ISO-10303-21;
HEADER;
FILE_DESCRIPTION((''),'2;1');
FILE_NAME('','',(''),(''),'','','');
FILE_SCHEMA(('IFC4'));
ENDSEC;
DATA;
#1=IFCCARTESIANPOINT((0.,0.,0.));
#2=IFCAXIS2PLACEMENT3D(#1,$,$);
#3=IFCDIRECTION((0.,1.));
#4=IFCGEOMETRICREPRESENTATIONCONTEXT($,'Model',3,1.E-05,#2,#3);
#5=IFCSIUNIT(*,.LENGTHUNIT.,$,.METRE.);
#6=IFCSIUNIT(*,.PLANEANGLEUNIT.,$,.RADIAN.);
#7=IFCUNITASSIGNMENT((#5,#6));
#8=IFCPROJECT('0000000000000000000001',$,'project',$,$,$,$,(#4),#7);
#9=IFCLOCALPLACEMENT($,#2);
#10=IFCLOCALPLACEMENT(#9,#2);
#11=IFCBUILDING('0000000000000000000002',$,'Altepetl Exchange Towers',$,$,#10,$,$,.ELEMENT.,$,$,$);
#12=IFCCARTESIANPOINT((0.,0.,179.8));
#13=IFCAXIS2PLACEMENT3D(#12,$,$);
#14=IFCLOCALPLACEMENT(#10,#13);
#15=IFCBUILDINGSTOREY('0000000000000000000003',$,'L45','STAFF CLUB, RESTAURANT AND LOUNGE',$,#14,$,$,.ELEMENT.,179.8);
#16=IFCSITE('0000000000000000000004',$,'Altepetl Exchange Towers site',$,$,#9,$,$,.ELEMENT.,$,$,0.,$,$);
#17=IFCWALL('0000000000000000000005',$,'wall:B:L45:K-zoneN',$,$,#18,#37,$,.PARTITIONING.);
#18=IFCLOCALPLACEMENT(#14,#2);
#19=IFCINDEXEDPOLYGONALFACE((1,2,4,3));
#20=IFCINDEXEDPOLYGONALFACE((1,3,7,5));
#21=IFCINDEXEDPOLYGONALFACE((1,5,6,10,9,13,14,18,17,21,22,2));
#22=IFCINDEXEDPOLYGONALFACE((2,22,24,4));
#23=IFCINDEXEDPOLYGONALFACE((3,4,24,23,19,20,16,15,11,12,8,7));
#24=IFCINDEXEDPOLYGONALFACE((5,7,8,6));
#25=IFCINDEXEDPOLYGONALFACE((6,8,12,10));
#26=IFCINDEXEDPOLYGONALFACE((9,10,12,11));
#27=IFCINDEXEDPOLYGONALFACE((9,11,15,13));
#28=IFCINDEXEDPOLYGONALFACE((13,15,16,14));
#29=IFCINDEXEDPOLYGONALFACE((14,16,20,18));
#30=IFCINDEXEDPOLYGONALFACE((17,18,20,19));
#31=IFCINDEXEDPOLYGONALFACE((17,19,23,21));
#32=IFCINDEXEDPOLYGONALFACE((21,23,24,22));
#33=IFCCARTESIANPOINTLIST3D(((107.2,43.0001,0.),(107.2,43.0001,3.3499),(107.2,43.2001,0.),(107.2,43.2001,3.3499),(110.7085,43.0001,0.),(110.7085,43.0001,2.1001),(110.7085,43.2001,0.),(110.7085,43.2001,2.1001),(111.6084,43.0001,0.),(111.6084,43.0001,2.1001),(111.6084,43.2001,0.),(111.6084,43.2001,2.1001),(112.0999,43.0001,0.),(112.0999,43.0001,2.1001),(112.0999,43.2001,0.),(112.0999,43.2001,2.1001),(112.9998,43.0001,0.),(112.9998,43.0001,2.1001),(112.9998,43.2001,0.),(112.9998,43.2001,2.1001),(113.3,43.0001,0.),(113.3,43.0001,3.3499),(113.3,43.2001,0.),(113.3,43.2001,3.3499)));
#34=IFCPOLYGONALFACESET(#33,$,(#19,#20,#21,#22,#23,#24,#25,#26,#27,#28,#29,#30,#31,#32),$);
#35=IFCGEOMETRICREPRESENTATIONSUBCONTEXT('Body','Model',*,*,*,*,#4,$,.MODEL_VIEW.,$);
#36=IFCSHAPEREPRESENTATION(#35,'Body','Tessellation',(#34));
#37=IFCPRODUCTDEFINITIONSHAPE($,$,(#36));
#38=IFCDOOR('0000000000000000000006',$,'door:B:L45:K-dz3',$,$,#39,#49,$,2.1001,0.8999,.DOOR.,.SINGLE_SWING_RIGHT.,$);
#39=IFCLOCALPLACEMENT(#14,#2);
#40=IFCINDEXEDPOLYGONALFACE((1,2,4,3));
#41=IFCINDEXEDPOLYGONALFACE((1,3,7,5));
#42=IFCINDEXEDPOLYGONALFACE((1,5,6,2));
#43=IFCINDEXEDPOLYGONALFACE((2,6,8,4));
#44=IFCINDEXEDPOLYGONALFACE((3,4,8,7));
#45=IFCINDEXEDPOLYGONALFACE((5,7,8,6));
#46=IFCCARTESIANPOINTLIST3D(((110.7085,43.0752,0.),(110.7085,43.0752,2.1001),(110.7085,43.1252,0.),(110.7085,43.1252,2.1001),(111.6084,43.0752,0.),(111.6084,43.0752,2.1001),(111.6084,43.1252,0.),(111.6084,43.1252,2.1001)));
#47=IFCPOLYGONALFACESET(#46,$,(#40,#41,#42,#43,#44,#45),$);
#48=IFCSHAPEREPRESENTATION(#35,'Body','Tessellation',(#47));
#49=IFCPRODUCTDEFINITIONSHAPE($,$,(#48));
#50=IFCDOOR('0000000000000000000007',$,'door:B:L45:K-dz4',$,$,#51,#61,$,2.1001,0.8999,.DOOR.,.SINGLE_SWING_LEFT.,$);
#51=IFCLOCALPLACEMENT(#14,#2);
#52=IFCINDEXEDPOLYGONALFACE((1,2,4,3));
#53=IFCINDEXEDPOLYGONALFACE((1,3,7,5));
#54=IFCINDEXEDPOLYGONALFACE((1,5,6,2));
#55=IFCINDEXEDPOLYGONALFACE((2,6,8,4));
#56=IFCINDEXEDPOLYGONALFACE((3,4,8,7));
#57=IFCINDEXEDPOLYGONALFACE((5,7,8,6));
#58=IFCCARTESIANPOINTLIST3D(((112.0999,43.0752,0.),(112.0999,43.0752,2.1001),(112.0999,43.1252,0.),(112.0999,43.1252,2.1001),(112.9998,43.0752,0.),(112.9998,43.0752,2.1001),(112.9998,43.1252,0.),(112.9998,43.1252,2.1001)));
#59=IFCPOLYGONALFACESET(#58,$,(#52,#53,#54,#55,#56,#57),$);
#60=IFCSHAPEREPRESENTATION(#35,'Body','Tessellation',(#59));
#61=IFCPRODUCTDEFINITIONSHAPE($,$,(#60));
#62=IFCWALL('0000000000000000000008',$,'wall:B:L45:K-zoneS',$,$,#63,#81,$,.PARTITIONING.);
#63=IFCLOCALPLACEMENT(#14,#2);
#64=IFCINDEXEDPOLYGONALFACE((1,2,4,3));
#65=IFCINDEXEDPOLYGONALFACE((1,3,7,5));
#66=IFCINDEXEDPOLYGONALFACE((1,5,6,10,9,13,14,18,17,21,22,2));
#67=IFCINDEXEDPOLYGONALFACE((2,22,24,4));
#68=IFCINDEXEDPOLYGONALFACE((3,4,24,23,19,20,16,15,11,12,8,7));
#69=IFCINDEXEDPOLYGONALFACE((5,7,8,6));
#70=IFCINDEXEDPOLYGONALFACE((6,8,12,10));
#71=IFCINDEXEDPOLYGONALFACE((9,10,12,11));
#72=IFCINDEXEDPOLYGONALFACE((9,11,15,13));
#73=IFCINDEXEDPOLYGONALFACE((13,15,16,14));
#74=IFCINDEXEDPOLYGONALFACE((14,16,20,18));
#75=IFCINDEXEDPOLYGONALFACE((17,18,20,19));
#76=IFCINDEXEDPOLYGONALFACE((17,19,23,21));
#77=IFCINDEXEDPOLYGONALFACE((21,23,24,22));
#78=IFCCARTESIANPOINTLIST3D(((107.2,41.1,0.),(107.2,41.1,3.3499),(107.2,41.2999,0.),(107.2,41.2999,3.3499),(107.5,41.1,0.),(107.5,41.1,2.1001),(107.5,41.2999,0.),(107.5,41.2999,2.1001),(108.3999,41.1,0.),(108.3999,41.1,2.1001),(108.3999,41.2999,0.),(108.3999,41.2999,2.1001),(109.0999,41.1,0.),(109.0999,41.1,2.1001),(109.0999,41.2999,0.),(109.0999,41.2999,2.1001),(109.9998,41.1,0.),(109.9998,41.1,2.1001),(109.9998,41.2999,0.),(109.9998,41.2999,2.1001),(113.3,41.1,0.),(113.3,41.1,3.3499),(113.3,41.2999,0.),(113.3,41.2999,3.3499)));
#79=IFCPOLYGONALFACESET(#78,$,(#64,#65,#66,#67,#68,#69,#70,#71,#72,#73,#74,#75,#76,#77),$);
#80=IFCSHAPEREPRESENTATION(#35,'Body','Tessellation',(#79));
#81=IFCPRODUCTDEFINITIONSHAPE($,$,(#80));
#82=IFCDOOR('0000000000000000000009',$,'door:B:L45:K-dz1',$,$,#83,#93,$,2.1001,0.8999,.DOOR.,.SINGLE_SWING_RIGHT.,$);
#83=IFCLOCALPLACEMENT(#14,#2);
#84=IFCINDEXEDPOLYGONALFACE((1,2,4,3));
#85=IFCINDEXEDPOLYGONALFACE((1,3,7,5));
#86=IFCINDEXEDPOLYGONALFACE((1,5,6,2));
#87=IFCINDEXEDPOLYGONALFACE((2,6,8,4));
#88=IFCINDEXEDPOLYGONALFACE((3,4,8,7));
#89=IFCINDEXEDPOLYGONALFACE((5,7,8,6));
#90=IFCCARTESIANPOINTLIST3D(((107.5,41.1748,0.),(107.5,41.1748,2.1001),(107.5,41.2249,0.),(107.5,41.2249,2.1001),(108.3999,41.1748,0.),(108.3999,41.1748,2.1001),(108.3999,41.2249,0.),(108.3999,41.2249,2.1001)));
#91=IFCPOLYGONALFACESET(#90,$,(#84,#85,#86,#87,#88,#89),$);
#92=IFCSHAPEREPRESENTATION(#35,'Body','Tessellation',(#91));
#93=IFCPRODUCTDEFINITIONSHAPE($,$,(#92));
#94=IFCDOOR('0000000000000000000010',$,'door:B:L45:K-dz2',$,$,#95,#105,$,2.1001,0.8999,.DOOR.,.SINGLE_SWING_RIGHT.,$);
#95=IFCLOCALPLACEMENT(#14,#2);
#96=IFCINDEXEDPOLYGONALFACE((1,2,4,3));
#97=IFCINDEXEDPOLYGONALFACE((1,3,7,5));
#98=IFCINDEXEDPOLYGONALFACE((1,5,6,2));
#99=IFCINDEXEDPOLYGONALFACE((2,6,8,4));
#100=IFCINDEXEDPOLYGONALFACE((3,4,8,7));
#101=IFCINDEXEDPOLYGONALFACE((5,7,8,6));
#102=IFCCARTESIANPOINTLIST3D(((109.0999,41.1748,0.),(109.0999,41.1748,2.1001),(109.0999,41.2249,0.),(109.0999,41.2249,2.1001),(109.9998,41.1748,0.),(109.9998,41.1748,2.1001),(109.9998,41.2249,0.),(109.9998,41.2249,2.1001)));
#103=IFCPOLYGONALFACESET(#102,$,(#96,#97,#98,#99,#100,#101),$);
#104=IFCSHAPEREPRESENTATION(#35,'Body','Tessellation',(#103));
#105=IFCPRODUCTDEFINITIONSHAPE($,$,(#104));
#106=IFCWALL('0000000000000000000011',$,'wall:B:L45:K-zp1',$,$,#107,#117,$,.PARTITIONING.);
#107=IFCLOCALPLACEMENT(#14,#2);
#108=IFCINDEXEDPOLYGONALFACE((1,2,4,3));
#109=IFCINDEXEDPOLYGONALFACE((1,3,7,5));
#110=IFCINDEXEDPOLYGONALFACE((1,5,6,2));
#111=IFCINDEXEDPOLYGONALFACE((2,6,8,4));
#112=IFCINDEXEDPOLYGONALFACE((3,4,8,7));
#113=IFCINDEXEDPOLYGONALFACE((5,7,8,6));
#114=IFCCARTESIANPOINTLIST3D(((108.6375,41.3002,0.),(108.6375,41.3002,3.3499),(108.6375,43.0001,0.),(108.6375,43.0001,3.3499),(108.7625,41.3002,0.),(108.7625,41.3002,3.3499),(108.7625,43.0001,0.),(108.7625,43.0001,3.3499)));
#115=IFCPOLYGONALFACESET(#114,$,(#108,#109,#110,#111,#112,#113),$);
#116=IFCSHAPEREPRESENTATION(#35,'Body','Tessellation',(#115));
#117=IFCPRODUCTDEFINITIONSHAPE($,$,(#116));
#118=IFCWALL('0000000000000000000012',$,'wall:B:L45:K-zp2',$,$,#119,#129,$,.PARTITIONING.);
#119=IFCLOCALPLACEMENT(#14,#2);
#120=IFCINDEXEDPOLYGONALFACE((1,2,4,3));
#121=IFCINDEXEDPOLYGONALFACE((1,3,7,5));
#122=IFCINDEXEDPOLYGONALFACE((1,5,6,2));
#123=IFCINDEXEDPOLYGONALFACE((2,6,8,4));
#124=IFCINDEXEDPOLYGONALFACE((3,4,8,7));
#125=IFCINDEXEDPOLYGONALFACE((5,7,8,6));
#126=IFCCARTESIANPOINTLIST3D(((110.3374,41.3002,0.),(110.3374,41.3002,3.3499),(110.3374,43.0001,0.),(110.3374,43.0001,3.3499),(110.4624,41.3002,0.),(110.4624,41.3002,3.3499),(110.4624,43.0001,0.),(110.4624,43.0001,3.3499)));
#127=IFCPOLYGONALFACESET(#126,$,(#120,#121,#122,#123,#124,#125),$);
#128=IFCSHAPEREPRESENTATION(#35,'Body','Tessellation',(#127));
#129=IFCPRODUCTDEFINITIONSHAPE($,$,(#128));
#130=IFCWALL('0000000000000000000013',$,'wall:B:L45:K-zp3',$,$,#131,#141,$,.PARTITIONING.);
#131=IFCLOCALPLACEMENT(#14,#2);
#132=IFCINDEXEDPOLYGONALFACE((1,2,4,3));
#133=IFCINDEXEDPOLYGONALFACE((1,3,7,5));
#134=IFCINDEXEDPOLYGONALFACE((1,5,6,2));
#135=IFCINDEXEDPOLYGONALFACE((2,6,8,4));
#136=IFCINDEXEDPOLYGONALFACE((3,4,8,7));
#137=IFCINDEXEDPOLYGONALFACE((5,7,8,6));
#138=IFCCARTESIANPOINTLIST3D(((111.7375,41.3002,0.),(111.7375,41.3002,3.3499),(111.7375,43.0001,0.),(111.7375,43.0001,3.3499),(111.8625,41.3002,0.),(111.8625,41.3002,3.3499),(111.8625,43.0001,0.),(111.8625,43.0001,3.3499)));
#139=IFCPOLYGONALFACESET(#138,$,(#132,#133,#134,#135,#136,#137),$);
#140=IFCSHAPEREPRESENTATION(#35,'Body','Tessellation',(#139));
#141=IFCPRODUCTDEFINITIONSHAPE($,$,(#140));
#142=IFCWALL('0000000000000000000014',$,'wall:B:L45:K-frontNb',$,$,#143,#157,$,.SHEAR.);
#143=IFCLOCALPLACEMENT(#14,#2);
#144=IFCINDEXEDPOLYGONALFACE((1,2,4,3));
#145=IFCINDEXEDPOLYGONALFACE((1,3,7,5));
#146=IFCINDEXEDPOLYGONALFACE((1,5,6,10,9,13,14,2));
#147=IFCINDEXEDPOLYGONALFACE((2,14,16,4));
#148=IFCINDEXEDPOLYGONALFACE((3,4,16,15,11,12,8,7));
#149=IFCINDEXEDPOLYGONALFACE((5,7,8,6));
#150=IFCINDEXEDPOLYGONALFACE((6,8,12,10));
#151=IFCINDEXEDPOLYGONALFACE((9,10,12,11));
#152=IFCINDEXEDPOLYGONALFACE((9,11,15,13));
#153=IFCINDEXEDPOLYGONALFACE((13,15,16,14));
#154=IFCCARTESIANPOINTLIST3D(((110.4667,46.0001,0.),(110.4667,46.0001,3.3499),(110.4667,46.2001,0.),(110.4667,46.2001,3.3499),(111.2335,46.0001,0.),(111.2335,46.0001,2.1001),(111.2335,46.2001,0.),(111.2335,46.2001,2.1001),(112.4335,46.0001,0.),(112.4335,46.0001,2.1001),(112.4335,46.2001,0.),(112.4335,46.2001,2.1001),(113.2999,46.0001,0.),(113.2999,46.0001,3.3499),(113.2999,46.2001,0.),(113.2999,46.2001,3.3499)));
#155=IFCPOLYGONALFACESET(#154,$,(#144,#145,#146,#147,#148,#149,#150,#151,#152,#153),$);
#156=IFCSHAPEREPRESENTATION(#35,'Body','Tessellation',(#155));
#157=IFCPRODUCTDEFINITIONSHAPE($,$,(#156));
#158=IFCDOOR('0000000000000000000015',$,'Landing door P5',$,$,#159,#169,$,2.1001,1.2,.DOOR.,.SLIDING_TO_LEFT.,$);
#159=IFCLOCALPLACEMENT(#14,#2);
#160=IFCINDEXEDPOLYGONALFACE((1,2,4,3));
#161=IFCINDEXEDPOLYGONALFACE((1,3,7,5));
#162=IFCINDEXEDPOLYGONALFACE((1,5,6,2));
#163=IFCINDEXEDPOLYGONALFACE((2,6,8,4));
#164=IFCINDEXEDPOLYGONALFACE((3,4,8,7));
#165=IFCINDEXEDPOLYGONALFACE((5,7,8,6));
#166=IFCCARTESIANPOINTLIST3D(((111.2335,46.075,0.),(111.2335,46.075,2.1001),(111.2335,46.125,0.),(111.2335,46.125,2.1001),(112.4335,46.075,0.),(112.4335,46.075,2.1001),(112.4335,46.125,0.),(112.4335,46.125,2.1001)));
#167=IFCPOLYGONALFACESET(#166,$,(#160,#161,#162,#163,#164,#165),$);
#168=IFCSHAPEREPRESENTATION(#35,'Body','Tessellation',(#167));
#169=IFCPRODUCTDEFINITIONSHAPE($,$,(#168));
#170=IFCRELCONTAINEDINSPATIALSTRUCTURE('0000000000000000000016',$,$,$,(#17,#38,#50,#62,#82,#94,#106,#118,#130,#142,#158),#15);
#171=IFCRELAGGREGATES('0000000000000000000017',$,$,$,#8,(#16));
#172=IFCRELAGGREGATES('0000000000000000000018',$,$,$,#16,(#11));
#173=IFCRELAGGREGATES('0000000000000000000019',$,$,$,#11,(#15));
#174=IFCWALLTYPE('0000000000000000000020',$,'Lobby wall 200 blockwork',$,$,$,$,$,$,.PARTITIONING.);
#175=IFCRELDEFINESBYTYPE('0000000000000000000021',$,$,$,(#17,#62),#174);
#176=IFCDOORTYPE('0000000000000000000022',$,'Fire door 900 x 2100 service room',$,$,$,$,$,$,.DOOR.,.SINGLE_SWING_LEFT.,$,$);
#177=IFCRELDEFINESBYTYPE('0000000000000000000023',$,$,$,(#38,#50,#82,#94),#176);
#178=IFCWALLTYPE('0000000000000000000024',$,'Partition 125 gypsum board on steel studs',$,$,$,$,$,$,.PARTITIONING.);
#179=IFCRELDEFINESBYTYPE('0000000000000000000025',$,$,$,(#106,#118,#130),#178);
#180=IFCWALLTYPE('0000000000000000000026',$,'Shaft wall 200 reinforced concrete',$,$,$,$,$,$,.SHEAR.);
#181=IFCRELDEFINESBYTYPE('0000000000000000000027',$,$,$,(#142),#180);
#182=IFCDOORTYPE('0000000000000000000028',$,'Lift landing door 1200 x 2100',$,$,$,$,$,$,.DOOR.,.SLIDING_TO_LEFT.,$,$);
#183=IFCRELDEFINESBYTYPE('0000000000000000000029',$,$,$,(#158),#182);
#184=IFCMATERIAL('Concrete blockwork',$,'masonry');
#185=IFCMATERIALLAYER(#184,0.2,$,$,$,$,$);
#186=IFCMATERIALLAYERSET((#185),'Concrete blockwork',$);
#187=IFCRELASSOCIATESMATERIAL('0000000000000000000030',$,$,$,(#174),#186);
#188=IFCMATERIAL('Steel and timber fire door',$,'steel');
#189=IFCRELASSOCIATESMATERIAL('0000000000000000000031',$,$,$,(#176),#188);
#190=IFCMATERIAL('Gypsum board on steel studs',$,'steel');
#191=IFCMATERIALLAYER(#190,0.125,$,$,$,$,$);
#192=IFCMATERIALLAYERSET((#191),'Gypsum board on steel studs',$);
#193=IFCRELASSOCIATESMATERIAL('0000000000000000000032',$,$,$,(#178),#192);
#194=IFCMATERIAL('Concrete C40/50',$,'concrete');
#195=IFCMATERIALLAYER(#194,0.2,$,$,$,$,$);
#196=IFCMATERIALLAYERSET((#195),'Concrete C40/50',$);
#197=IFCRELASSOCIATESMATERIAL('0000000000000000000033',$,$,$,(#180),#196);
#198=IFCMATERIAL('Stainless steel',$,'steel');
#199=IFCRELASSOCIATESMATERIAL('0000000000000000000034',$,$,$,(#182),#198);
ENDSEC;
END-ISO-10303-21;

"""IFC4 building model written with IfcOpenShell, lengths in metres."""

from ifc_helpers import new_model, si_unit, direction, frame, frame_2d, origin, place, context, subcontext, project, spatial, rectangle, extrude, material, layer, layer_set, type_object, element, fill, save


model = new_model("IFC4")

# Units and contexts
model_context = context("Model", 3, precision=1e-05, world=origin(), true_north=direction((0.0, 1.0)))
body_context = subcontext(model_context, "Body", "Model", "MODEL_VIEW")
ifc_project = project(units=[si_unit("LENGTHUNIT", "METRE"), si_unit("PLANEANGLEUNIT", "RADIAN")], contexts=[model_context])

# Site, building, storey
site_placement = place(None, origin())
site = spatial("IfcSite", under=ifc_project, at=site_placement, Name="Altepetl Exchange Towers site", CompositionType="ELEMENT", RefElevation=0.0)
building_placement = place(site_placement, origin())
building = spatial("IfcBuilding", under=site, at=building_placement, Name="Altepetl Exchange Towers", CompositionType="ELEMENT")
storey_placement = place(building_placement, frame((0.0, 0.0, 179.8)))
storey = spatial("IfcBuildingStorey", under=building, at=storey_placement, Name="L45", Description="STAFF CLUB, RESTAURANT AND LOUNGE", CompositionType="ELEMENT", Elevation=179.8)

# Walls, openings, doors
ifc_material_1 = material(Name="Concrete blockwork", Category="masonry")
ifc_layer_1 = layer(ifc_material_1, 0.2)
ifc_layer_set_1 = layer_set([ifc_layer_1], Name="Concrete blockwork")
wall_type_1 = type_object("IfcWallType", Name="Lobby wall 200 blockwork", PredefinedType="PARTITIONING", material=ifc_layer_set_1)
wall_1_placement = place(storey_placement, frame((107.2, 43.1001, 0.0)))
wall_1 = element("IfcWall", 1, at=wall_1_placement, inside=storey, type_object=wall_type_1, Name="wall:B:L45:K-zoneN", PredefinedType="PARTITIONING", context=body_context, shape_type="SweptSolid", body=[
    extrude(rectangle(XDim=6.1001, YDim=0.2, at=frame_2d((3.05, 0.0))), origin(), (0.0, 0.0, 1.0), 3.3499),
])
opening_1_placement = place(wall_1_placement, frame((3.5085, 0.0, 0.0)))
opening_1 = element("IfcOpeningElement", 2, at=opening_1_placement, cuts=wall_1, PredefinedType="OPENING", context=body_context, shape_type="SweptSolid", body=[
    extrude(rectangle(XDim=0.8999, YDim=2.1001, at=frame_2d((0.45, 1.05))), frame((0.0, 0.1099, 0.0), z_axis=(0.0, -1.0, 0.0), x_axis=(1.0, 0.0, 0.0)), (0.0, 0.0, 1.0), 0.22),
])
opening_2_placement = place(wall_1_placement, frame((4.8999, 0.0, 0.0)))
opening_2 = element("IfcOpeningElement", 3, at=opening_2_placement, cuts=wall_1, PredefinedType="OPENING", context=body_context, shape_type="SweptSolid", body=[
    extrude(rectangle(XDim=0.8999, YDim=2.1001, at=frame_2d((0.45, 1.05))), frame((0.0, 0.1099, 0.0), z_axis=(0.0, -1.0, 0.0), x_axis=(1.0, 0.0, 0.0)), (0.0, 0.0, 1.0), 0.22),
])
ifc_material_2 = material(Name="Steel and timber fire door", Category="steel")
door_type_1 = type_object("IfcDoorType", Name="Fire door 900 x 2100 service room", OperationType="SINGLE_SWING_LEFT", PredefinedType="DOOR", material=ifc_material_2)
door_1_placement = place(opening_1_placement, frame((0.8999, 0.0, 0.0), x_axis=(-1.0, 0.0, 0.0)))
door_1 = element("IfcDoor", 4, at=door_1_placement, inside=storey, type_object=door_type_1, Name="door:B:L45:K-dz3", OperationType="SINGLE_SWING_RIGHT", OverallHeight=2.1001, OverallWidth=0.8999, PredefinedType="DOOR", context=body_context, shape_type="SweptSolid", body=[
    extrude(rectangle(XDim=0.8999, YDim=2.1001, at=frame_2d((0.45, 1.05))), frame((0.0, 0.0249, 0.0), z_axis=(0.0, -1.0, 0.0), x_axis=(1.0, 0.0, 0.0)), (0.0, 0.0, 1.0), 0.05),
])
fill(opening_1, door_1)
door_2_placement = place(opening_2_placement, frame((0.8999, 0.0, 0.0), x_axis=(-1.0, 0.0, 0.0)))
door_2 = element("IfcDoor", 5, at=door_2_placement, inside=storey, type_object=door_type_1, Name="door:B:L45:K-dz4", OperationType="SINGLE_SWING_LEFT", OverallHeight=2.1001, OverallWidth=0.8999, PredefinedType="DOOR", context=body_context, shape_type="SweptSolid", body=[
    extrude(rectangle(XDim=0.8999, YDim=2.1001, at=frame_2d((0.45, 1.05))), frame((0.0, 0.0249, 0.0), z_axis=(0.0, -1.0, 0.0), x_axis=(1.0, 0.0, 0.0)), (0.0, 0.0, 1.0), 0.05),
])
fill(opening_2, door_2)
wall_2_placement = place(storey_placement, frame((107.2, 41.2, 0.0)))
wall_2 = element("IfcWall", 6, at=wall_2_placement, inside=storey, type_object=wall_type_1, Name="wall:B:L45:K-zoneS", PredefinedType="PARTITIONING", context=body_context, shape_type="SweptSolid", body=[
    extrude(rectangle(XDim=6.1001, YDim=0.2, at=frame_2d((3.05, 0.0))), origin(), (0.0, 0.0, 1.0), 3.3499),
])
opening_3_placement = place(wall_2_placement, frame((0.3, 0.0, 0.0)))
opening_3 = element("IfcOpeningElement", 7, at=opening_3_placement, cuts=wall_2, PredefinedType="OPENING", context=body_context, shape_type="SweptSolid", body=[
    extrude(rectangle(XDim=0.8999, YDim=2.1001, at=frame_2d((0.45, 1.05))), frame((0.0, 0.1099, 0.0), z_axis=(0.0, -1.0, 0.0), x_axis=(1.0, 0.0, 0.0)), (0.0, 0.0, 1.0), 0.22),
])
opening_4_placement = place(wall_2_placement, frame((1.8999, 0.0, 0.0)))
opening_4 = element("IfcOpeningElement", 8, at=opening_4_placement, cuts=wall_2, PredefinedType="OPENING", context=body_context, shape_type="SweptSolid", body=[
    extrude(rectangle(XDim=0.8999, YDim=2.1001, at=frame_2d((0.45, 1.05))), frame((0.0, 0.1099, 0.0), z_axis=(0.0, -1.0, 0.0), x_axis=(1.0, 0.0, 0.0)), (0.0, 0.0, 1.0), 0.22),
])
door_3_placement = place(opening_3_placement, origin())
door_3 = element("IfcDoor", 9, at=door_3_placement, inside=storey, type_object=door_type_1, Name="door:B:L45:K-dz1", OperationType="SINGLE_SWING_RIGHT", OverallHeight=2.1001, OverallWidth=0.8999, PredefinedType="DOOR", context=body_context, shape_type="SweptSolid", body=[
    extrude(rectangle(XDim=0.8999, YDim=2.1001, at=frame_2d((0.45, 1.05))), frame((0.0, 0.0249, 0.0), z_axis=(0.0, -1.0, 0.0), x_axis=(1.0, 0.0, 0.0)), (0.0, 0.0, 1.0), 0.05),
])
fill(opening_3, door_3)
door_4_placement = place(opening_4_placement, origin())
door_4 = element("IfcDoor", 10, at=door_4_placement, inside=storey, type_object=door_type_1, Name="door:B:L45:K-dz2", OperationType="SINGLE_SWING_RIGHT", OverallHeight=2.1001, OverallWidth=0.8999, PredefinedType="DOOR", context=body_context, shape_type="SweptSolid", body=[
    extrude(rectangle(XDim=0.8999, YDim=2.1001, at=frame_2d((0.45, 1.05))), frame((0.0, 0.0249, 0.0), z_axis=(0.0, -1.0, 0.0), x_axis=(1.0, 0.0, 0.0)), (0.0, 0.0, 1.0), 0.05),
])
fill(opening_4, door_4)

# Walls
ifc_material_3 = material(Name="Gypsum board on steel studs", Category="steel")
ifc_layer_2 = layer(ifc_material_3, 0.125)
ifc_layer_set_2 = layer_set([ifc_layer_2], Name="Gypsum board on steel studs")
wall_type_2 = type_object("IfcWallType", Name="Partition 125 gypsum board on steel studs", PredefinedType="PARTITIONING", material=ifc_layer_set_2)
for number, where, z_axis, x_axis, name in (
    (11, (108.7, 41.3, 0.0), (0.0, 0.0, 1.0), (0.0, 1.0, 0.0), "wall:B:L45:K-zp1"),
    (12, (110.3999, 41.3, 0.0), (0.0, 0.0, 1.0), (0.0, 1.0, 0.0), "wall:B:L45:K-zp2"),
    (13, (111.8, 41.3, 0.0), (0.0, 0.0, 1.0), (0.0, 1.0, 0.0), "wall:B:L45:K-zp3"),
):
    element("IfcWall", number, at=place(storey_placement, frame(where, z_axis=z_axis, x_axis=x_axis)), inside=storey, type_object=wall_type_2, Name=name, PredefinedType="PARTITIONING", context=body_context, shape_type="SweptSolid", body=[
        extrude(rectangle(XDim=1.7, YDim=0.125, at=frame_2d((0.8501, 0.0))), origin(), (0.0, 0.0, 1.0), 3.3499),
    ])

# Wall, opening, door
ifc_material_4 = material(Name="Concrete C40/50", Category="concrete")
ifc_layer_3 = layer(ifc_material_4, 0.2)
ifc_layer_set_3 = layer_set([ifc_layer_3], Name="Concrete C40/50")
wall_type_3 = type_object("IfcWallType", Name="Shaft wall 200 reinforced concrete", PredefinedType="SHEAR", material=ifc_layer_set_3)
wall_3_placement = place(storey_placement, frame((110.4668, 46.1001, 0.0)))
wall_3 = element("IfcWall", 14, at=wall_3_placement, inside=storey, type_object=wall_type_3, Name="wall:B:L45:K-frontNb", PredefinedType="SHEAR", context=body_context, shape_type="SweptSolid", body=[
    extrude(rectangle(XDim=2.8333, YDim=0.2, at=frame_2d((1.4165, 0.0))), origin(), (0.0, 0.0, 1.0), 3.3499),
])
opening_5_placement = place(wall_3_placement, frame((0.7666, 0.0, 0.0)))
opening_5 = element("IfcOpeningElement", 15, at=opening_5_placement, cuts=wall_3, PredefinedType="OPENING", context=body_context, shape_type="SweptSolid", body=[
    extrude(rectangle(XDim=1.2, YDim=2.1001, at=frame_2d((0.6001, 1.05))), frame((0.0, 0.1099, 0.0), z_axis=(0.0, -1.0, 0.0), x_axis=(1.0, 0.0, 0.0)), (0.0, 0.0, 1.0), 0.22),
])
ifc_material_5 = material(Name="Stainless steel", Category="steel")
door_type_2 = type_object("IfcDoorType", Name="Lift landing door 1200 x 2100", OperationType="SLIDING_TO_LEFT", PredefinedType="DOOR", material=ifc_material_5)
door_5_placement = place(opening_5_placement, origin())
door_5 = element("IfcDoor", 16, at=door_5_placement, inside=storey, type_object=door_type_2, Name="Landing door P5", OperationType="SLIDING_TO_LEFT", OverallHeight=2.1001, OverallWidth=1.2, PredefinedType="DOOR", context=body_context, shape_type="SweptSolid", body=[
    extrude(rectangle(XDim=1.2, YDim=2.1001, at=frame_2d((0.6001, 1.05))), frame((0.0, 0.0249, 0.0), z_axis=(0.0, -1.0, 0.0), x_axis=(1.0, 0.0, 0.0)), (0.0, 0.0, 1.0), 0.05),
])
fill(opening_5, door_5)

save(model, "model.ifc")
